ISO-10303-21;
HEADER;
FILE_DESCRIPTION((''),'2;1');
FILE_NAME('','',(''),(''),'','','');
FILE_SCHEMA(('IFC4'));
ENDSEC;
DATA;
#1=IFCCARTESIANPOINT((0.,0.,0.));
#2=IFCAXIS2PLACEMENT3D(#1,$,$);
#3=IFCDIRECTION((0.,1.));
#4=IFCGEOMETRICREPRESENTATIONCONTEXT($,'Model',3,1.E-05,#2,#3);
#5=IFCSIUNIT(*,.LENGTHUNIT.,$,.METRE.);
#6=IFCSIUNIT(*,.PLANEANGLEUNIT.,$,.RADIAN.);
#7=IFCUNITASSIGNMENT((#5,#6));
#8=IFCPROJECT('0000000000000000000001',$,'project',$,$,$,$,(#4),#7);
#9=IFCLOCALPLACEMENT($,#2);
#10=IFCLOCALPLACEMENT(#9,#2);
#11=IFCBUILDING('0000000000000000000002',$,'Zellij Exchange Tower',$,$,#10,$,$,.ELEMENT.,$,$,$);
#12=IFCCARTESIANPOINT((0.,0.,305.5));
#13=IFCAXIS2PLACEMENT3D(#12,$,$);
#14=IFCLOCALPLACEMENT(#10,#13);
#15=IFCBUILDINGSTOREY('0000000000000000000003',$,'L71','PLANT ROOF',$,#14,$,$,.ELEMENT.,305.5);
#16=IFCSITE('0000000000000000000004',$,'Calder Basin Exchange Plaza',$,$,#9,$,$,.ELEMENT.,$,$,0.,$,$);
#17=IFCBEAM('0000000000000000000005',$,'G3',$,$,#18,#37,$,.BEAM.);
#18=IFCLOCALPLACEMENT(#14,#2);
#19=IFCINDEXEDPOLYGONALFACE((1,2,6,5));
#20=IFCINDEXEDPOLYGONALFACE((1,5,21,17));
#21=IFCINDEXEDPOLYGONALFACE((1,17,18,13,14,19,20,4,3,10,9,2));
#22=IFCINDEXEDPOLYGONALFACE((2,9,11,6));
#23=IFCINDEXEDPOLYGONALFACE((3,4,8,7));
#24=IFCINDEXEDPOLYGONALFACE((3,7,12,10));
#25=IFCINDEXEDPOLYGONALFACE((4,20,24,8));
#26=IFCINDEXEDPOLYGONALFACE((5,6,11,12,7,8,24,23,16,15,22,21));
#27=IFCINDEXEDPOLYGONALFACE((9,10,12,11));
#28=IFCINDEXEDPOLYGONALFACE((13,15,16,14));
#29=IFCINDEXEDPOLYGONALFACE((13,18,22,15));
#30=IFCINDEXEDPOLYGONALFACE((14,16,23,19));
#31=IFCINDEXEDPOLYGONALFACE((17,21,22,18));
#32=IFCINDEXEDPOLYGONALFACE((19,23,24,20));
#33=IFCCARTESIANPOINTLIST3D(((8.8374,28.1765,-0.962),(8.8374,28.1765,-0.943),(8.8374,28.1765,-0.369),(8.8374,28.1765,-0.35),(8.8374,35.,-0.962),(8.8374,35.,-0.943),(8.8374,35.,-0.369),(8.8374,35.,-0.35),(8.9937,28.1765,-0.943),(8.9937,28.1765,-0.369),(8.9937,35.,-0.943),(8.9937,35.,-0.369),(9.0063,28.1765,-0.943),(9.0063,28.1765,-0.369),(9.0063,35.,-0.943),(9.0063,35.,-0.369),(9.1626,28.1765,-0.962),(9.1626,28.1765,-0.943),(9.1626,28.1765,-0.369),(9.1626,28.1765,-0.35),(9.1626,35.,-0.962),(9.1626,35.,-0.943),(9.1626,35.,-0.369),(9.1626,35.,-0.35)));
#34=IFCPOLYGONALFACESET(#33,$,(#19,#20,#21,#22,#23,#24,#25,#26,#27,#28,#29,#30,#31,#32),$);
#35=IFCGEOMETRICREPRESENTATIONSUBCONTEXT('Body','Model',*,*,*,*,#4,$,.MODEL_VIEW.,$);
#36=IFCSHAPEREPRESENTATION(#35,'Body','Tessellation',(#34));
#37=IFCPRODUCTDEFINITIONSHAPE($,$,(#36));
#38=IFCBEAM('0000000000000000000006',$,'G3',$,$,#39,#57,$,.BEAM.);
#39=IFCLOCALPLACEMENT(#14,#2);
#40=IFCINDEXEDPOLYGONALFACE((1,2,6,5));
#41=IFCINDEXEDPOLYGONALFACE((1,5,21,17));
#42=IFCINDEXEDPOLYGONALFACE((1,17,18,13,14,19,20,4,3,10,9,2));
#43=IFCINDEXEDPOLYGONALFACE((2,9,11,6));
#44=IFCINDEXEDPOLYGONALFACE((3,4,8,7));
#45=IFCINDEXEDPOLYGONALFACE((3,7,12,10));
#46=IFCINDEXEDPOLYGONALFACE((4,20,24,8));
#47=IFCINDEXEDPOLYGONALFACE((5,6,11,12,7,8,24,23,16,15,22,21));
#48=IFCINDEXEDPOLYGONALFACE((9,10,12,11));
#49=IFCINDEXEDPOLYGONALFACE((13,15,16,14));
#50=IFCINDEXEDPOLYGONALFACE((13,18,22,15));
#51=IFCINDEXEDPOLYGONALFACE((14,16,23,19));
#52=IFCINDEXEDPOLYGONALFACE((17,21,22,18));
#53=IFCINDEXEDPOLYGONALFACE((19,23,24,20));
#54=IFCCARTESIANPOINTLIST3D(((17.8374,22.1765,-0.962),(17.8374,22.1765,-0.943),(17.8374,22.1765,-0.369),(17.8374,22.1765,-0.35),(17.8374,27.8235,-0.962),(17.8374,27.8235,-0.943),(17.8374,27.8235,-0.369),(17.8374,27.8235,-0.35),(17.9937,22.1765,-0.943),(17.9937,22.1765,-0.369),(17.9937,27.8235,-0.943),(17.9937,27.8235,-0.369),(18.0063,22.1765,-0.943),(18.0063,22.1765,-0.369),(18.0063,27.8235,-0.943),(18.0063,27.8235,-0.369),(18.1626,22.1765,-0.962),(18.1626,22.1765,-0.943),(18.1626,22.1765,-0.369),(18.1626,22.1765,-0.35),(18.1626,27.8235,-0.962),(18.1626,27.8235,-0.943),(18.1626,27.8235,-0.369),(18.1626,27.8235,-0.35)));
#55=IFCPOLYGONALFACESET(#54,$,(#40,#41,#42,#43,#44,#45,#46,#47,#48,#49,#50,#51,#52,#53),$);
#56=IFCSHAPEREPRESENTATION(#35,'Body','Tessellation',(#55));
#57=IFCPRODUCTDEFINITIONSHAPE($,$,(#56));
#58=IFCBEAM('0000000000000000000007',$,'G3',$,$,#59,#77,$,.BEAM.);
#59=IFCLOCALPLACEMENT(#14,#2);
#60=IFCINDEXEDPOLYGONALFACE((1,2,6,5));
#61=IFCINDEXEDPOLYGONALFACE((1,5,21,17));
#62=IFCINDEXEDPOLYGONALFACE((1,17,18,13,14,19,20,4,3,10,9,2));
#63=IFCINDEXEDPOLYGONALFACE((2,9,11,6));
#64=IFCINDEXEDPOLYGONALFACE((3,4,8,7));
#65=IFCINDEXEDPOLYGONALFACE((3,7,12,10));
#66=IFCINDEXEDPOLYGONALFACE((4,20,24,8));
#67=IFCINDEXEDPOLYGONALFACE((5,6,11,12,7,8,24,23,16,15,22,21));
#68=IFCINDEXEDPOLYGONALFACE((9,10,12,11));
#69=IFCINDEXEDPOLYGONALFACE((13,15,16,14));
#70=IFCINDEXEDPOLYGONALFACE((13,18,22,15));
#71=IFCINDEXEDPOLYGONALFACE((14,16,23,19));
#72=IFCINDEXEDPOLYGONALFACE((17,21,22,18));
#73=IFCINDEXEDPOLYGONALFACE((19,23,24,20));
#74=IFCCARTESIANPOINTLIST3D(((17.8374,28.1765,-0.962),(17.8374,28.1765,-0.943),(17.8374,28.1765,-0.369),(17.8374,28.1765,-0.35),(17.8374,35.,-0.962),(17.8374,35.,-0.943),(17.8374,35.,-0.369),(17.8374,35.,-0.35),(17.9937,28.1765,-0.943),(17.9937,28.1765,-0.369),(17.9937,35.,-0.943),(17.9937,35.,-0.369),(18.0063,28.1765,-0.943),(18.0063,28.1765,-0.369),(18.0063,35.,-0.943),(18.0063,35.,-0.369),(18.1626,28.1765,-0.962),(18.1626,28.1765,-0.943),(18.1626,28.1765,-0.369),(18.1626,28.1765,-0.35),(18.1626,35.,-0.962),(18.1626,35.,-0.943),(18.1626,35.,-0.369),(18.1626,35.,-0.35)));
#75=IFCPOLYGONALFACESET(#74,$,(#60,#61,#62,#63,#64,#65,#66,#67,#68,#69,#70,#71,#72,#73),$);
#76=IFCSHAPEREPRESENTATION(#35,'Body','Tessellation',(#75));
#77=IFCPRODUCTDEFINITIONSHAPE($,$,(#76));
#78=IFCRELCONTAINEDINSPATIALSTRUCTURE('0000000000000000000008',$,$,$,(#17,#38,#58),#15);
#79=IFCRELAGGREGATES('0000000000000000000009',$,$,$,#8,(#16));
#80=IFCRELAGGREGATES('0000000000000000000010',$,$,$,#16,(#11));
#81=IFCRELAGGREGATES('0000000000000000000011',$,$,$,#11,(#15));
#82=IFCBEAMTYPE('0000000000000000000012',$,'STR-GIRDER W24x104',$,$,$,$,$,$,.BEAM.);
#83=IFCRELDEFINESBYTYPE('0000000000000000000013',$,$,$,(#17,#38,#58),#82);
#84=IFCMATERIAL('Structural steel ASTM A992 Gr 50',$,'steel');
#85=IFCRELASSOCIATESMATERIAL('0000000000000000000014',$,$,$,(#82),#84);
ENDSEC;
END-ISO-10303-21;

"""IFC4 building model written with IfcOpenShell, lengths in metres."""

from ifc_helpers import new_model, si_unit, direction, frame, origin, origin_2d, place, context, subcontext, project, spatial, i_section, extrude, material, material_profile, profile_set, type_object, element, save


model = new_model("IFC4")

# Units and contexts
model_context = context("Model", 3, precision=1e-05, world=origin(), true_north=direction((0.0, 1.0)))
body_context = subcontext(model_context, "Body", "Model", "MODEL_VIEW")
ifc_project = project(units=[si_unit("LENGTHUNIT", "METRE"), si_unit("PLANEANGLEUNIT", "RADIAN")], contexts=[model_context])

# Site, building, storey
site_placement = place(None, origin())
site = spatial("IfcSite", under=ifc_project, at=site_placement, Name="Calder Basin Exchange Plaza", CompositionType="ELEMENT", RefElevation=0.0)
building_placement = place(site_placement, origin())
building = spatial("IfcBuilding", under=site, at=building_placement, Name="Zellij Exchange Tower", CompositionType="ELEMENT")
storey_placement = place(building_placement, frame((0.0, 0.0, 305.5)))
storey = spatial("IfcBuildingStorey", under=building, at=storey_placement, Name="L71", Description="PLANT ROOF", CompositionType="ELEMENT", Elevation=305.5)

# Shared definitions
ifc_material_1 = material(Name="Structural steel ASTM A992 Gr 50", Category="steel")

# Beams
ifc_material_profile_1 = material_profile(ifc_material_1, i_section(OverallWidth=0.3252, OverallDepth=0.6121, WebThickness=0.0127, FlangeThickness=0.019, at=origin_2d()), Name="W24x104")
ifc_profile_set_1 = profile_set([ifc_material_profile_1], Name="Structural steel ASTM A992 Gr 50")
beam_type = type_object("IfcBeamType", Name="STR-GIRDER W24x104", PredefinedType="BEAM", material=ifc_profile_set_1)
beam_1_placement = place(storey_placement, frame((9.0, 28.1765, -0.656), z_axis=(0.0, 1.0, 0.0), x_axis=(-1.0, 0.0, 0.0)))
element("IfcBeam", 1, at=beam_1_placement, inside=storey, type_object=beam_type, Name="G3", PredefinedType="BEAM", context=body_context, shape_type="SweptSolid", body=[
    extrude(i_section(OverallWidth=0.3252, OverallDepth=0.6121, WebThickness=0.0127, FlangeThickness=0.019, at=origin_2d()), origin(), (0.0, 0.0, 1.0), 6.8235),
])
beam_2_placement = place(storey_placement, frame((18.0, 22.1765, -0.656), z_axis=(0.0, 1.0, 0.0), x_axis=(-1.0, 0.0, 0.0)))
element("IfcBeam", 2, at=beam_2_placement, inside=storey, type_object=beam_type, Name="G3", PredefinedType="BEAM", context=body_context, shape_type="SweptSolid", body=[
    extrude(i_section(OverallWidth=0.3252, OverallDepth=0.6121, WebThickness=0.0127, FlangeThickness=0.019, at=origin_2d()), origin(), (0.0, 0.0, 1.0), 5.647),
])
beam_3_placement = place(storey_placement, frame((18.0, 28.1765, -0.656), z_axis=(0.0, 1.0, 0.0), x_axis=(-1.0, 0.0, 0.0)))
element("IfcBeam", 3, at=beam_3_placement, inside=storey, type_object=beam_type, Name="G3", PredefinedType="BEAM", context=body_context, shape_type="SweptSolid", body=[
    extrude(i_section(OverallWidth=0.3252, OverallDepth=0.6121, WebThickness=0.0127, FlangeThickness=0.019, at=origin_2d()), origin(), (0.0, 0.0, 1.0), 6.8235),
])

save(model, "model.ifc")
